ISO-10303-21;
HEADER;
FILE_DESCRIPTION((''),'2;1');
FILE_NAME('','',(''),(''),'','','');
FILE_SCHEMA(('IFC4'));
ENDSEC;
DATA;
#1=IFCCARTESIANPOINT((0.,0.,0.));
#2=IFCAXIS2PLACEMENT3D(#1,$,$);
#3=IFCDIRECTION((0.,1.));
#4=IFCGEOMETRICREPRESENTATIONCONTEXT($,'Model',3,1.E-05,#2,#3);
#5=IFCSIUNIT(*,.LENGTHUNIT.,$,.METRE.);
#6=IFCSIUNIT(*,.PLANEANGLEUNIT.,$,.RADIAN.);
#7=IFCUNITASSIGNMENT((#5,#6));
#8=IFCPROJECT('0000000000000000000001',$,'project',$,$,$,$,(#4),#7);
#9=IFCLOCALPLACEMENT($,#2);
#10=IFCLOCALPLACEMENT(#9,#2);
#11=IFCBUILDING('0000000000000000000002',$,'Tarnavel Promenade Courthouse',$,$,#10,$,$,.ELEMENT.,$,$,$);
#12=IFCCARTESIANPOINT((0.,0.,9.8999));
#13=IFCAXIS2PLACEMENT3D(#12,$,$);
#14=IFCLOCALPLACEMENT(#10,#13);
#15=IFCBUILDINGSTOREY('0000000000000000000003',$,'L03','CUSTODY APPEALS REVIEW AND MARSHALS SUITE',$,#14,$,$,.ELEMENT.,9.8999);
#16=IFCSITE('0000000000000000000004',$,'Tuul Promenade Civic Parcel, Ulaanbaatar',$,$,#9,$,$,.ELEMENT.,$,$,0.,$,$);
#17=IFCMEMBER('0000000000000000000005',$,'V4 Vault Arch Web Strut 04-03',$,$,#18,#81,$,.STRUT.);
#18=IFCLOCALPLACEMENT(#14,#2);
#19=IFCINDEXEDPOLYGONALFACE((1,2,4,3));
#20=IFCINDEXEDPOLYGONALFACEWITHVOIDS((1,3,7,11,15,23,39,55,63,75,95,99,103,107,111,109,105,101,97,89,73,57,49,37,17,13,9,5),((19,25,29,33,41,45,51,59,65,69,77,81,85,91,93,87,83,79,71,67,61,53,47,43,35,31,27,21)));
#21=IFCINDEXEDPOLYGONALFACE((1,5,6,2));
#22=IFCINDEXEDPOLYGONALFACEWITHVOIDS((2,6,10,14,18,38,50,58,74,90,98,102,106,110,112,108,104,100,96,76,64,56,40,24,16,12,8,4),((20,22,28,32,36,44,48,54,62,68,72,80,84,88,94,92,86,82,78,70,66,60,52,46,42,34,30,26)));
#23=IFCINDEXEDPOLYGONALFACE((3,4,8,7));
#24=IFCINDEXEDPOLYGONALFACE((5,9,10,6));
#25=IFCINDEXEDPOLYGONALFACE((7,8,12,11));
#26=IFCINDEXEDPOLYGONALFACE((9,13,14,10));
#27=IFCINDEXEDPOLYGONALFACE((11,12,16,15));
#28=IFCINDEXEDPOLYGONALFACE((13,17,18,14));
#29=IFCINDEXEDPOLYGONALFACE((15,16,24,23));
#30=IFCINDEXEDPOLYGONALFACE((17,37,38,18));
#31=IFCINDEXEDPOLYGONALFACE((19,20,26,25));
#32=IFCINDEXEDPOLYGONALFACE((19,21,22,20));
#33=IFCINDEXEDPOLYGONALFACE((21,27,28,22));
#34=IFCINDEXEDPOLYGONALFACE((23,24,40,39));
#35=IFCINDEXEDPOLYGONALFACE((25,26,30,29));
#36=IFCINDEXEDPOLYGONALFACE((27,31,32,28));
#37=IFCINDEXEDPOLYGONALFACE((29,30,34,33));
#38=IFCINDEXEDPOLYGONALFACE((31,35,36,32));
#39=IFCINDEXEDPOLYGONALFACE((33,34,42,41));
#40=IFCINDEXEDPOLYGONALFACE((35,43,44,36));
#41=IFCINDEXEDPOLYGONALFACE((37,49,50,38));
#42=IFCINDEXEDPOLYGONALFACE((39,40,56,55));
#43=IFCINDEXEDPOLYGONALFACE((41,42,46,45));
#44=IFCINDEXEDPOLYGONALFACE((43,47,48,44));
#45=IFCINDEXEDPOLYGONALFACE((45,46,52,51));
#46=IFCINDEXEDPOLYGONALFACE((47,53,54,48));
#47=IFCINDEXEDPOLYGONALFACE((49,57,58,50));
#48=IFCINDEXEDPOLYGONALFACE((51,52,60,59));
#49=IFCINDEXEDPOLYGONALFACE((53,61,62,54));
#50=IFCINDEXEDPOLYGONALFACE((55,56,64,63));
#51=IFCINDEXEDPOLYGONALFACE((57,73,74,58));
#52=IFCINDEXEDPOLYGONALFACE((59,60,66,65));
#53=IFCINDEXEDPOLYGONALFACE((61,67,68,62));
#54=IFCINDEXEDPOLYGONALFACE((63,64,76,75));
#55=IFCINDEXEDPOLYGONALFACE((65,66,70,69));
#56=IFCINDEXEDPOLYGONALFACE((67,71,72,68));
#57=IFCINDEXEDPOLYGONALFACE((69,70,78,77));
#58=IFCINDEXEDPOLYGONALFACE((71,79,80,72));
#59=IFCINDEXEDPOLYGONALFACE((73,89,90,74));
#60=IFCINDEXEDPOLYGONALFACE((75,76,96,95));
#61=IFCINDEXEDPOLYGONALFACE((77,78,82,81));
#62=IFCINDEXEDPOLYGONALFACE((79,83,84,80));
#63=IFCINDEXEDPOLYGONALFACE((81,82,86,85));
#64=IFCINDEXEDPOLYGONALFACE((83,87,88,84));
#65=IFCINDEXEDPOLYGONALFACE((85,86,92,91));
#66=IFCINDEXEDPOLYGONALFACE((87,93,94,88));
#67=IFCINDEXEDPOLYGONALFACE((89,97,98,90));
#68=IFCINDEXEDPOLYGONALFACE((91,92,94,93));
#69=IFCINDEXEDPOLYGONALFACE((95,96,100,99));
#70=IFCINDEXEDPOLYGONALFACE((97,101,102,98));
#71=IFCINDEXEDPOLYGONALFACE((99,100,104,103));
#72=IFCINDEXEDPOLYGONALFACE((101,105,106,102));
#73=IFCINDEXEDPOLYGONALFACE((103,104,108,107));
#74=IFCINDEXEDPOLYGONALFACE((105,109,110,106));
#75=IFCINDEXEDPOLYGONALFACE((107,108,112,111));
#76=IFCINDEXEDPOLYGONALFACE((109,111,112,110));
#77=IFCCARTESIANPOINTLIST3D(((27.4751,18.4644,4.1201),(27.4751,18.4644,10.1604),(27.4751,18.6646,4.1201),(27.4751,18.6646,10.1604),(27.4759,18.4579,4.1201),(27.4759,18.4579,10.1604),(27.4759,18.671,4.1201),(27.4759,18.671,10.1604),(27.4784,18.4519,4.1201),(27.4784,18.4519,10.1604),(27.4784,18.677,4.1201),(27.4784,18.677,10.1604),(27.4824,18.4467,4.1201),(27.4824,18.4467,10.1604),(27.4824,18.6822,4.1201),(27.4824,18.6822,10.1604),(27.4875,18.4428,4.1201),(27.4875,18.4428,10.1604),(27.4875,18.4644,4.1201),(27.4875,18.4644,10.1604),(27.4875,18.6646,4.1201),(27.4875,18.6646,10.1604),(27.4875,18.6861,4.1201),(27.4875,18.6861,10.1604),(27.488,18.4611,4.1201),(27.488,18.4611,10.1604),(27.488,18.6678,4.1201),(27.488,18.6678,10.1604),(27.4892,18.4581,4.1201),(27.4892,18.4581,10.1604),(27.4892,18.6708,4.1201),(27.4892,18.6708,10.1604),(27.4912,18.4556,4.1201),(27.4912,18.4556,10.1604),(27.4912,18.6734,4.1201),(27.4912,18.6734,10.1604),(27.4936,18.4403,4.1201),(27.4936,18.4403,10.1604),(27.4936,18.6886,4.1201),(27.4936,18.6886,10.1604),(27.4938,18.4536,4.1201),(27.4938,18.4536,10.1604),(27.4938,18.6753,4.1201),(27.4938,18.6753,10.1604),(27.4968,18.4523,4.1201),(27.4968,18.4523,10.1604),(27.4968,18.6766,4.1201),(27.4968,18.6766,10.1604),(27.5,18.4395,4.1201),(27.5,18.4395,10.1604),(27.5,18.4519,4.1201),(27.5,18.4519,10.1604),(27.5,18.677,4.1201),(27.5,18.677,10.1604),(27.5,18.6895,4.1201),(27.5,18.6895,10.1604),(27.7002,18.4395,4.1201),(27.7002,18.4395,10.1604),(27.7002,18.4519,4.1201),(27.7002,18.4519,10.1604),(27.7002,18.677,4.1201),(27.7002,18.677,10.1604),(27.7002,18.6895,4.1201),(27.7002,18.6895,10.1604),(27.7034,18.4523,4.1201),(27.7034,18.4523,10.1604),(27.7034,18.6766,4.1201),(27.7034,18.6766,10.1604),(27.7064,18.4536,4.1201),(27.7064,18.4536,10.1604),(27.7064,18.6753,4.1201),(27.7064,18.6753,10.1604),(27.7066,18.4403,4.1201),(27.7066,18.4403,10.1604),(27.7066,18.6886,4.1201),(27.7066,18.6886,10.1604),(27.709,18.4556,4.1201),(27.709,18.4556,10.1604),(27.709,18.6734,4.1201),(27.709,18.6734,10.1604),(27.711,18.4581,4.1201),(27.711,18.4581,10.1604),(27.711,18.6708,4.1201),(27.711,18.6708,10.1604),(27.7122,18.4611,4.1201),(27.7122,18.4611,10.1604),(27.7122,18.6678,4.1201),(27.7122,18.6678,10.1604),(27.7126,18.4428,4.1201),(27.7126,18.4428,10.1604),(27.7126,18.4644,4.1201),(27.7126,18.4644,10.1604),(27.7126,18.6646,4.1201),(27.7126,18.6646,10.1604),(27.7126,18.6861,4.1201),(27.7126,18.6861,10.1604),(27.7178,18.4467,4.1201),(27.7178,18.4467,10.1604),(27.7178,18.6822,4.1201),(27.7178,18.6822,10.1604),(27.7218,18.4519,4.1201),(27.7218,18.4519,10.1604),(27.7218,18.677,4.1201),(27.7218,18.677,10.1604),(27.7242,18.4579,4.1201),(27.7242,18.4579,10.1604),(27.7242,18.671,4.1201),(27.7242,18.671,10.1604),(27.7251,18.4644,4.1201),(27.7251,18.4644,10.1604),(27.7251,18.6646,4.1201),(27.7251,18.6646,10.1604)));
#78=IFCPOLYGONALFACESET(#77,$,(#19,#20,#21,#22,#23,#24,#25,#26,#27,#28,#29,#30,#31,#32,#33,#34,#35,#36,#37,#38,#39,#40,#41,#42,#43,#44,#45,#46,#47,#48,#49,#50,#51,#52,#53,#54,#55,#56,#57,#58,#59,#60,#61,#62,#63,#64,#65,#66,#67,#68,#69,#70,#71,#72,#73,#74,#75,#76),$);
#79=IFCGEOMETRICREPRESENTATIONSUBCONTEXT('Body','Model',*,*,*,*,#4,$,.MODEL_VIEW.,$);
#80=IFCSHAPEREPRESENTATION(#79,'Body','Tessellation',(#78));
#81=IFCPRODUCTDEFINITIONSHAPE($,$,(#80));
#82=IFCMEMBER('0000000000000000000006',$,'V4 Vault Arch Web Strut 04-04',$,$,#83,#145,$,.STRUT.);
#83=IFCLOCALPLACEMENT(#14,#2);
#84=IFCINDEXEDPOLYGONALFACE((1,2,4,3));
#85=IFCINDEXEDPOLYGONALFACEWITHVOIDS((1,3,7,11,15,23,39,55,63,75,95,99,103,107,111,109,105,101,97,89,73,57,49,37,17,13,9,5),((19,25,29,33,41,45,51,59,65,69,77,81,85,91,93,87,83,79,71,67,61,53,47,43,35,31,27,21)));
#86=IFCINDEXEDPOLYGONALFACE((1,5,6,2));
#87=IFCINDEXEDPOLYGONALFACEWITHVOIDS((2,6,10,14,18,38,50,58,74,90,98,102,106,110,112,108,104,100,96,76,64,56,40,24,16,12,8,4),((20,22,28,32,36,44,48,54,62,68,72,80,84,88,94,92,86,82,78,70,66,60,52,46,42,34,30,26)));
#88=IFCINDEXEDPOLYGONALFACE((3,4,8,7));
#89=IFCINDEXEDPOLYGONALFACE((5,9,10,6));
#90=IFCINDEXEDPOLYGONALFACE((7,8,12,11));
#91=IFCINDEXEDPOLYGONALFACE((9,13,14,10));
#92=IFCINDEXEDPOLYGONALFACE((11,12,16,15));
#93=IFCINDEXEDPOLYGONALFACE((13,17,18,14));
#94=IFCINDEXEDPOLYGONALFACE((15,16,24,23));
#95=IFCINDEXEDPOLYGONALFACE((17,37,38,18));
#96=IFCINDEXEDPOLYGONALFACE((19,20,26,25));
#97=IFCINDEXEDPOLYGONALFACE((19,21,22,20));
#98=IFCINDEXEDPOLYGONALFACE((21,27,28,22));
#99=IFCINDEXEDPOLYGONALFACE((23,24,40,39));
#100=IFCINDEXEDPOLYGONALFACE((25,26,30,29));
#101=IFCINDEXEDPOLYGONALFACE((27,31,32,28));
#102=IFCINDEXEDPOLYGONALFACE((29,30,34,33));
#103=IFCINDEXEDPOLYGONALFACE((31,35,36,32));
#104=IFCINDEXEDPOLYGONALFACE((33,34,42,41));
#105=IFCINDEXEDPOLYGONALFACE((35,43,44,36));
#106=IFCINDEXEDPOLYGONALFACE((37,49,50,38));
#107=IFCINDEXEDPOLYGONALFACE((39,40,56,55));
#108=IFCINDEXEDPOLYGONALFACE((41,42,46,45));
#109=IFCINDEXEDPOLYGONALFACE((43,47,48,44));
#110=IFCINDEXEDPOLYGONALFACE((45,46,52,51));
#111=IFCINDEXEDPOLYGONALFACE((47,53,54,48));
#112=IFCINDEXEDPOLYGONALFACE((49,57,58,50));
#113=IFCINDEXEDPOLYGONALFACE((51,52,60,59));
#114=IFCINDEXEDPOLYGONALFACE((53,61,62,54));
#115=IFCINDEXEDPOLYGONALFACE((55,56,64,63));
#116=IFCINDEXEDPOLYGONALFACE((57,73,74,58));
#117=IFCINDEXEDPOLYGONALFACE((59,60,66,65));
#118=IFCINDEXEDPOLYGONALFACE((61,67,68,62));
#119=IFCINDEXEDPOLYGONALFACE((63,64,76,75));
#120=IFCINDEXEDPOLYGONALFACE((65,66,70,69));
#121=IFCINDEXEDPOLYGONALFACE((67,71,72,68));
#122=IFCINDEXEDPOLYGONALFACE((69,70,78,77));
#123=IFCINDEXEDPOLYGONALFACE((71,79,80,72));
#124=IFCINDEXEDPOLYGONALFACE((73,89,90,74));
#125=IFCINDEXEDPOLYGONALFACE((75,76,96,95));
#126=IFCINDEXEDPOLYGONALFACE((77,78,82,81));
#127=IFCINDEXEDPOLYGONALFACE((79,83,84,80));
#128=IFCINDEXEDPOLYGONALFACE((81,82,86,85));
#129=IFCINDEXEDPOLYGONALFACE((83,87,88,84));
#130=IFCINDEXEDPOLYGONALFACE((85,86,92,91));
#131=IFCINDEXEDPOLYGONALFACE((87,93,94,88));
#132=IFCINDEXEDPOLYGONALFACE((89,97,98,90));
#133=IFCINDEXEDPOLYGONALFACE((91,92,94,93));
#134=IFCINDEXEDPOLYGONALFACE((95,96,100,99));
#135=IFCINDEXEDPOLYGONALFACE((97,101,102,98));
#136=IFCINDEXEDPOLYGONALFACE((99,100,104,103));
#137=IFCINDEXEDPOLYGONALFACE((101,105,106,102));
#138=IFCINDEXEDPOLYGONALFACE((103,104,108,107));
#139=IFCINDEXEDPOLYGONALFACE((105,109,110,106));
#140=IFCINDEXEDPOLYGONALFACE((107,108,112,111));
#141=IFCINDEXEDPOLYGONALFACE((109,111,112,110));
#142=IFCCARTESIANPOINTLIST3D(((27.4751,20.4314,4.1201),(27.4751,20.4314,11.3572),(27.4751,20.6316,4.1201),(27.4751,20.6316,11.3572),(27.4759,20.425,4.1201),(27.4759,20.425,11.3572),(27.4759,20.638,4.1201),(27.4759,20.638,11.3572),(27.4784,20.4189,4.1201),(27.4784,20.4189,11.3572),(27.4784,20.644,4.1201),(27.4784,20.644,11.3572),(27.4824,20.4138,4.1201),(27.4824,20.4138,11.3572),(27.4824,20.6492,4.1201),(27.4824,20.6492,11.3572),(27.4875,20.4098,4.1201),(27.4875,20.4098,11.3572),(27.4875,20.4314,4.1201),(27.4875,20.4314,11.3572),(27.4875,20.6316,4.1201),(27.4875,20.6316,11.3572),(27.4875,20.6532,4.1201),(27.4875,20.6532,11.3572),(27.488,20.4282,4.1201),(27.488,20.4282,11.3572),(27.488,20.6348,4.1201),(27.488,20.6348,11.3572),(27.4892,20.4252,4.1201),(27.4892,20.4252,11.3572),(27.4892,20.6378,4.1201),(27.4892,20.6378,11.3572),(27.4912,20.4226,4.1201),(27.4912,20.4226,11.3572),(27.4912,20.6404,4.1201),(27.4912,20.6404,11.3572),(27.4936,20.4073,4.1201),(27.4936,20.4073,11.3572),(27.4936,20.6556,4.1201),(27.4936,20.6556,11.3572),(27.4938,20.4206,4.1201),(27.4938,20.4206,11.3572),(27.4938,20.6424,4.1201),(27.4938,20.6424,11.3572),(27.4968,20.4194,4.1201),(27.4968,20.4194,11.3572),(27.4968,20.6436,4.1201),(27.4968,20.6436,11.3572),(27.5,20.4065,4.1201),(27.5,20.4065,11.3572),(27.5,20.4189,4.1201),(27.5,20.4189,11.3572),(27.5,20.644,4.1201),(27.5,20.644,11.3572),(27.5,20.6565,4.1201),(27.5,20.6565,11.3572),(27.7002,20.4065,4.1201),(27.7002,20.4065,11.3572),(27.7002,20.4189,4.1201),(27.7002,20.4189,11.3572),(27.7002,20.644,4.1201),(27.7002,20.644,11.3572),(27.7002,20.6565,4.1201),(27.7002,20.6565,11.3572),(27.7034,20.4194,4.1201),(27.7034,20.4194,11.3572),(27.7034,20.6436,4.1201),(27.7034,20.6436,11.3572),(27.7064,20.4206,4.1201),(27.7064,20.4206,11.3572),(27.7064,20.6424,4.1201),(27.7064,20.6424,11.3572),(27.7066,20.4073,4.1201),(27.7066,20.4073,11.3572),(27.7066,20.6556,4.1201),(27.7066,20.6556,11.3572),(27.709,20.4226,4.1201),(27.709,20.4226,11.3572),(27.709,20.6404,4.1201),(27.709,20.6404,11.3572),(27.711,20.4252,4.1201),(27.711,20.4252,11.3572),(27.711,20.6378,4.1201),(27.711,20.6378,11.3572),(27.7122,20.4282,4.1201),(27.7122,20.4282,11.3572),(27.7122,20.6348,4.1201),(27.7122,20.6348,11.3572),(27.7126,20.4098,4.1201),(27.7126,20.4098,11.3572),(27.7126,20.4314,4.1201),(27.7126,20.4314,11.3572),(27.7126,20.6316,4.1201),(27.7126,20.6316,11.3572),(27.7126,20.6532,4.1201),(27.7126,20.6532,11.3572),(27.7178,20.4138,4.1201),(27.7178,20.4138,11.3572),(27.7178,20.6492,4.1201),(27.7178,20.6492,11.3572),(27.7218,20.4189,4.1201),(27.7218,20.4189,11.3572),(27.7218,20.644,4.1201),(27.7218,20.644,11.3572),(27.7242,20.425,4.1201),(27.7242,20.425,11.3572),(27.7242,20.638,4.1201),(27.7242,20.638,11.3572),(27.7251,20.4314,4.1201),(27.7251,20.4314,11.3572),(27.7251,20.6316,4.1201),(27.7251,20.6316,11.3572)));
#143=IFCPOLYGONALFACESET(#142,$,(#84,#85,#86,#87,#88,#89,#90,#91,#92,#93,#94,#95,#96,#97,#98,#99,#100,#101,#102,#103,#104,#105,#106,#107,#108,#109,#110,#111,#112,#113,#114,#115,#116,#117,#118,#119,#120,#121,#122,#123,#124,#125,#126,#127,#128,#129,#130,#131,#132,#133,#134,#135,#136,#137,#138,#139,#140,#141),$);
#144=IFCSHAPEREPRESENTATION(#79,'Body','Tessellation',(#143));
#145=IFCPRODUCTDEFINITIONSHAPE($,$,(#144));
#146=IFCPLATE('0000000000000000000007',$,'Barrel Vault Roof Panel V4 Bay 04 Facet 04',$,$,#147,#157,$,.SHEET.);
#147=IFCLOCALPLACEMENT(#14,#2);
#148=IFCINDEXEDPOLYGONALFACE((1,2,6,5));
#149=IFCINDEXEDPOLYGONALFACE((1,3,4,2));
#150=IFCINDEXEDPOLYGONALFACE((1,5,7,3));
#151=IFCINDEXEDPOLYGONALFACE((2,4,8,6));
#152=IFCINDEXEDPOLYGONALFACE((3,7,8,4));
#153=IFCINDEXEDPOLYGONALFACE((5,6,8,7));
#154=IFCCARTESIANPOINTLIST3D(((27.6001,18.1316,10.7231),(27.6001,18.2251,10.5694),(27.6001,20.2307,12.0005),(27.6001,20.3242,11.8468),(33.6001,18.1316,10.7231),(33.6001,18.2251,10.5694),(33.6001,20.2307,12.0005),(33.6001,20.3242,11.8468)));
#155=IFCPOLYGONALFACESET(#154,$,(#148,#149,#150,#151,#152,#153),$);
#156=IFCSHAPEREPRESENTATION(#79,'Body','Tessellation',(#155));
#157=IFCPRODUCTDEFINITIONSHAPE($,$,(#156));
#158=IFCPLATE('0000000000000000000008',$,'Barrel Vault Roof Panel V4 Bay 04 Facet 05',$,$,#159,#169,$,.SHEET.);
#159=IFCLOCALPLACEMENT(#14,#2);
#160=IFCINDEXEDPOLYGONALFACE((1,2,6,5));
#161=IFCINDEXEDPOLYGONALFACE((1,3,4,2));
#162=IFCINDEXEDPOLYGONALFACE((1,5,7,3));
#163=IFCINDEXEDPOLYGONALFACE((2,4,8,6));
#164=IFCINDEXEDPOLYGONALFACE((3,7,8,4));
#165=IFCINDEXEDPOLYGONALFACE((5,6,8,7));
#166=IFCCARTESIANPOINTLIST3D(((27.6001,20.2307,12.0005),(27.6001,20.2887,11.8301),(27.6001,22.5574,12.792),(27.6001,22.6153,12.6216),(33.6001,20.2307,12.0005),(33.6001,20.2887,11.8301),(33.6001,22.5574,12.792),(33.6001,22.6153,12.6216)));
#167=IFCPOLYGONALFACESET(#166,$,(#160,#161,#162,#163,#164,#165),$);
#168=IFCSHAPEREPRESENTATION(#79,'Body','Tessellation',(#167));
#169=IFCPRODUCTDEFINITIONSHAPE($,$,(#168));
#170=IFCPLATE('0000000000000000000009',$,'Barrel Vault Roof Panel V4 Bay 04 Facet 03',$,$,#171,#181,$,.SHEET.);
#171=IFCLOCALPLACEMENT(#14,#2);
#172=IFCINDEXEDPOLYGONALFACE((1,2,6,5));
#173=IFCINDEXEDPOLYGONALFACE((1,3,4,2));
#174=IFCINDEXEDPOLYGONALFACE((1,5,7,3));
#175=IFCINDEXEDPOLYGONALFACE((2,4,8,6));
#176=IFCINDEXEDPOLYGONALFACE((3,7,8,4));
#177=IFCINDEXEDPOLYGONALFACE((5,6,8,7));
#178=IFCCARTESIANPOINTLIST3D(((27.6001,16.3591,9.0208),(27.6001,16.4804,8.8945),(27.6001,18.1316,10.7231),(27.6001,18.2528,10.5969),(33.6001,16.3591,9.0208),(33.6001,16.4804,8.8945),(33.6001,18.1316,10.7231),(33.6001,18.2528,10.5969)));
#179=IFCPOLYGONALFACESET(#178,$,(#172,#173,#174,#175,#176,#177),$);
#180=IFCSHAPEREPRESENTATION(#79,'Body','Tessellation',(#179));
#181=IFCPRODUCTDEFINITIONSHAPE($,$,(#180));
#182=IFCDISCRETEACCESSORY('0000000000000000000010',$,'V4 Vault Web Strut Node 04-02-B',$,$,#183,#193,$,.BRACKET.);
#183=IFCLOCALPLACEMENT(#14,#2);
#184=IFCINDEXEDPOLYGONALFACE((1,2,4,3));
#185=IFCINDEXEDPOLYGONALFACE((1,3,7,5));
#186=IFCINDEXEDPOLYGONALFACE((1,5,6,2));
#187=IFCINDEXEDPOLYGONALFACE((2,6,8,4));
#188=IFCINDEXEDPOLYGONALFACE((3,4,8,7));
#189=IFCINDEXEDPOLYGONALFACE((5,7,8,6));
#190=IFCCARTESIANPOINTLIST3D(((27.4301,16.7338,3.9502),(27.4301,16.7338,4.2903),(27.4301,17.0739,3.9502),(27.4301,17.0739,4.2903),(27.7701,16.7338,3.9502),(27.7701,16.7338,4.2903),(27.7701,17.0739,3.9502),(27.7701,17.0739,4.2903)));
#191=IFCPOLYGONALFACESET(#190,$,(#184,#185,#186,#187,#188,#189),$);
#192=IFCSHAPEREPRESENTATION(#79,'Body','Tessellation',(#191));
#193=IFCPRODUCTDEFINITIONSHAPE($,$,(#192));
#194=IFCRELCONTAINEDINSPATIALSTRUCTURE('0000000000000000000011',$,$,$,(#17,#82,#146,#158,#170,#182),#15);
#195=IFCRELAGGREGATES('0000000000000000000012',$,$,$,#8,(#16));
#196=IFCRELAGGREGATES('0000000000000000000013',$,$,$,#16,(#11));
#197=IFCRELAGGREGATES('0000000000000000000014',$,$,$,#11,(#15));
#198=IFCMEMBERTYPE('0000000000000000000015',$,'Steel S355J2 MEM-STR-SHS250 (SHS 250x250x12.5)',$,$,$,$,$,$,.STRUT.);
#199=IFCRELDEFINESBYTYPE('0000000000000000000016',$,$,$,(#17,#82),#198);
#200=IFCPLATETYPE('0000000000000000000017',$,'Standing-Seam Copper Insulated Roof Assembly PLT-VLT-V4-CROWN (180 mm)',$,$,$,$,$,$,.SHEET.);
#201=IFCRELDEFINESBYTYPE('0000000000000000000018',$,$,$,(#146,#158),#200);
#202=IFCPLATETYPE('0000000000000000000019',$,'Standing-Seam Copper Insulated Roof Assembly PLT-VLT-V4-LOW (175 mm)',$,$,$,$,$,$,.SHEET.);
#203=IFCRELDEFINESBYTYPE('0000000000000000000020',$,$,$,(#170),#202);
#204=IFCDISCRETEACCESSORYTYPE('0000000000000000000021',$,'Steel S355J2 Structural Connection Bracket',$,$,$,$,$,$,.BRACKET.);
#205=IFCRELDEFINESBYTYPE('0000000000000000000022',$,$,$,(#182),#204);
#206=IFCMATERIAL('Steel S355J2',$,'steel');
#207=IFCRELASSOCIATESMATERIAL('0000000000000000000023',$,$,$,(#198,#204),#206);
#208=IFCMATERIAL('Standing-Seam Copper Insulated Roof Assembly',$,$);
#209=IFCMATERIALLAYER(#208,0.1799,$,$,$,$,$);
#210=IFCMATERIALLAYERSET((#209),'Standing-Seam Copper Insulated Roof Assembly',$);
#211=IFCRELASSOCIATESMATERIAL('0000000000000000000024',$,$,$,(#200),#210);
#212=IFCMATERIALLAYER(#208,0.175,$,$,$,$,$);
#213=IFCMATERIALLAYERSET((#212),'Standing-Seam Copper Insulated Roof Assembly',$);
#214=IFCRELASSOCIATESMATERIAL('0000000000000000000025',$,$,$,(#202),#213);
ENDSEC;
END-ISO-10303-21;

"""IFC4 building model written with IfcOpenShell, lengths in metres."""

from ifc_helpers import new_model, si_unit, direction, frame, origin, origin_2d, place, context, subcontext, project, spatial, polyline, rectangle, hollow_rectangle, outline, extrude, material, layer, layer_set, material_profile, profile_set, type_object, element, save


model = new_model("IFC4")

# Units and contexts
model_context = context("Model", 3, precision=1e-05, world=origin(), true_north=direction((0.0, 1.0)))
body_context = subcontext(model_context, "Body", "Model", "MODEL_VIEW")
ifc_project = project(units=[si_unit("LENGTHUNIT", "METRE"), si_unit("PLANEANGLEUNIT", "RADIAN")], contexts=[model_context])

# Site, building, storey
site_placement = place(None, origin())
site = spatial("IfcSite", under=ifc_project, at=site_placement, Name="Tuul Promenade Civic Parcel, Ulaanbaatar", CompositionType="ELEMENT", RefElevation=0.0)
building_placement = place(site_placement, origin())
building = spatial("IfcBuilding", under=site, at=building_placement, Name="Tarnavel Promenade Courthouse", CompositionType="ELEMENT")
storey_placement = place(building_placement, frame((0.0, 0.0, 9.8999)))
storey = spatial("IfcBuildingStorey", under=building, at=storey_placement, Name="L03", Description="CUSTODY APPEALS REVIEW AND MARSHALS SUITE", CompositionType="ELEMENT", Elevation=9.8999)

# Shared definitions
ifc_material_1 = material(Name="Steel S355J2", Category="steel")

# Members
ifc_material_profile_1 = material_profile(ifc_material_1, hollow_rectangle(XDim=0.25, YDim=0.25, WallThickness=0.0125, InnerFilletRadius=0.0125, OuterFilletRadius=0.0249, at=origin_2d()), Name="SHS 250x250x12.5")
ifc_profile_set_1 = profile_set([ifc_material_profile_1], Name="Steel S355J2")
member_type_1 = type_object("IfcMemberType", Name="Steel S355J2 MEM-STR-SHS250 (SHS 250x250x12.5)", PredefinedType="STRUT", material=ifc_profile_set_1)
member_1_placement = place(storey_placement, frame((27.6001, 18.5645, 4.1201), z_axis=(0.0, 0.0, 1.0), x_axis=(1.0, 0.0, 0.0)))
element("IfcMember", 1, at=member_1_placement, inside=storey, type_object=member_type_1, Name="V4 Vault Arch Web Strut 04-03", PredefinedType="STRUT", context=body_context, shape_type="SweptSolid", body=[
    extrude(hollow_rectangle(XDim=0.25, YDim=0.25, WallThickness=0.0125, InnerFilletRadius=0.0125, OuterFilletRadius=0.0249, at=origin_2d()), origin(), (0.0, 0.0, 1.0), 6.0403),
])
member_2_placement = place(storey_placement, frame((27.6001, 20.5315, 4.1201), z_axis=(0.0, 0.0, 1.0), x_axis=(1.0, 0.0, 0.0)))
element("IfcMember", 2, at=member_2_placement, inside=storey, type_object=member_type_1, Name="V4 Vault Arch Web Strut 04-04", PredefinedType="STRUT", context=body_context, shape_type="SweptSolid", body=[
    extrude(hollow_rectangle(XDim=0.25, YDim=0.25, WallThickness=0.0125, InnerFilletRadius=0.0125, OuterFilletRadius=0.0249, at=origin_2d()), origin(), (0.0, 0.0, 1.0), 7.2371),
])

# Plates
ifc_material_2 = material(Name="Standing-Seam Copper Insulated Roof Assembly")
ifc_layer_1 = layer(ifc_material_2, 0.1799)
ifc_layer_set_1 = layer_set([ifc_layer_1], Name="Standing-Seam Copper Insulated Roof Assembly")
plate_type_1 = type_object("IfcPlateType", Name="Standing-Seam Copper Insulated Roof Assembly PLT-VLT-V4-CROWN (180 mm)", PredefinedType="SHEET", material=ifc_layer_set_1)
plate_1_placement = place(storey_placement, frame((27.6001, 18.1316, 10.7231), z_axis=(0.0, -0.519833, 0.854268), x_axis=(1.0, 0.0, 0.0)))
element("IfcPlate", 3, at=plate_1_placement, inside=storey, type_object=plate_type_1, Name="Barrel Vault Roof Panel V4 Bay 04 Facet 04", PredefinedType="SHEET", context=body_context, shape_type="SweptSolid", body=[
    extrude(outline(polyline([(0.0, 0.0), (6.0, 0.0), (6.0, 2.4572), (0.0, 2.4572), (0.0, 0.0)])), origin(), (0.0, 0.0, -1.0), 0.1799),
])
plate_2_placement = place(storey_placement, frame((27.6001, 20.2307, 12.0005), z_axis=(0.0, -0.322063, 0.946718), x_axis=(1.0, 0.0, 0.0)))
element("IfcPlate", 4, at=plate_2_placement, inside=storey, type_object=plate_type_1, Name="Barrel Vault Roof Panel V4 Bay 04 Facet 05", PredefinedType="SHEET", context=body_context, shape_type="SweptSolid", body=[
    extrude(outline(polyline([(0.0, 0.0), (6.0, 0.0), (6.0, 2.4576), (0.0, 2.4576), (0.0, 0.0)])), origin(), (0.0, 0.0, -1.0), 0.1799),
])
ifc_layer_2 = layer(ifc_material_2, 0.175)
ifc_layer_set_2 = layer_set([ifc_layer_2], Name="Standing-Seam Copper Insulated Roof Assembly")
plate_type_2 = type_object("IfcPlateType", Name="Standing-Seam Copper Insulated Roof Assembly PLT-VLT-V4-LOW (175 mm)", PredefinedType="SHEET", material=ifc_layer_set_2)
plate_3_placement = place(storey_placement, frame((27.6001, 16.3591, 9.0208), z_axis=(0.0, -0.692708, 0.721219), x_axis=(1.0, 0.0, 0.0)))
element("IfcPlate", 5, at=plate_3_placement, inside=storey, type_object=plate_type_2, Name="Barrel Vault Roof Panel V4 Bay 04 Facet 03", PredefinedType="SHEET", context=body_context, shape_type="SweptSolid", body=[
    extrude(outline(polyline([(0.0, 0.0), (6.0, 0.0), (6.0, 2.4576), (0.0, 2.4576), (0.0, 0.0)])), origin(), (0.0, 0.0, -1.0), 0.175),
])

# Discrete accessory
discrete_accessory_type = type_object("IfcDiscreteAccessoryType", Name="Steel S355J2 Structural Connection Bracket", PredefinedType="BRACKET", material=ifc_material_1)
for number, where, z_axis, x_axis, name in (
    (6, (27.6001, 16.9038, 3.9502), (0.0, 0.0, 1.0), (1.0, 0.0, 0.0), "V4 Vault Web Strut Node 04-02-B"),
):
    element("IfcDiscreteAccessory", number, at=place(storey_placement, frame(where, z_axis=z_axis, x_axis=x_axis)), inside=storey, type_object=discrete_accessory_type, Name=name, PredefinedType="BRACKET", context=body_context, shape_type="SweptSolid", body=[
        extrude(rectangle(XDim=0.3401, YDim=0.3401, at=origin_2d()), origin(), (0.0, 0.0, 1.0), 0.3401),
    ])

save(model, "model.ifc")
